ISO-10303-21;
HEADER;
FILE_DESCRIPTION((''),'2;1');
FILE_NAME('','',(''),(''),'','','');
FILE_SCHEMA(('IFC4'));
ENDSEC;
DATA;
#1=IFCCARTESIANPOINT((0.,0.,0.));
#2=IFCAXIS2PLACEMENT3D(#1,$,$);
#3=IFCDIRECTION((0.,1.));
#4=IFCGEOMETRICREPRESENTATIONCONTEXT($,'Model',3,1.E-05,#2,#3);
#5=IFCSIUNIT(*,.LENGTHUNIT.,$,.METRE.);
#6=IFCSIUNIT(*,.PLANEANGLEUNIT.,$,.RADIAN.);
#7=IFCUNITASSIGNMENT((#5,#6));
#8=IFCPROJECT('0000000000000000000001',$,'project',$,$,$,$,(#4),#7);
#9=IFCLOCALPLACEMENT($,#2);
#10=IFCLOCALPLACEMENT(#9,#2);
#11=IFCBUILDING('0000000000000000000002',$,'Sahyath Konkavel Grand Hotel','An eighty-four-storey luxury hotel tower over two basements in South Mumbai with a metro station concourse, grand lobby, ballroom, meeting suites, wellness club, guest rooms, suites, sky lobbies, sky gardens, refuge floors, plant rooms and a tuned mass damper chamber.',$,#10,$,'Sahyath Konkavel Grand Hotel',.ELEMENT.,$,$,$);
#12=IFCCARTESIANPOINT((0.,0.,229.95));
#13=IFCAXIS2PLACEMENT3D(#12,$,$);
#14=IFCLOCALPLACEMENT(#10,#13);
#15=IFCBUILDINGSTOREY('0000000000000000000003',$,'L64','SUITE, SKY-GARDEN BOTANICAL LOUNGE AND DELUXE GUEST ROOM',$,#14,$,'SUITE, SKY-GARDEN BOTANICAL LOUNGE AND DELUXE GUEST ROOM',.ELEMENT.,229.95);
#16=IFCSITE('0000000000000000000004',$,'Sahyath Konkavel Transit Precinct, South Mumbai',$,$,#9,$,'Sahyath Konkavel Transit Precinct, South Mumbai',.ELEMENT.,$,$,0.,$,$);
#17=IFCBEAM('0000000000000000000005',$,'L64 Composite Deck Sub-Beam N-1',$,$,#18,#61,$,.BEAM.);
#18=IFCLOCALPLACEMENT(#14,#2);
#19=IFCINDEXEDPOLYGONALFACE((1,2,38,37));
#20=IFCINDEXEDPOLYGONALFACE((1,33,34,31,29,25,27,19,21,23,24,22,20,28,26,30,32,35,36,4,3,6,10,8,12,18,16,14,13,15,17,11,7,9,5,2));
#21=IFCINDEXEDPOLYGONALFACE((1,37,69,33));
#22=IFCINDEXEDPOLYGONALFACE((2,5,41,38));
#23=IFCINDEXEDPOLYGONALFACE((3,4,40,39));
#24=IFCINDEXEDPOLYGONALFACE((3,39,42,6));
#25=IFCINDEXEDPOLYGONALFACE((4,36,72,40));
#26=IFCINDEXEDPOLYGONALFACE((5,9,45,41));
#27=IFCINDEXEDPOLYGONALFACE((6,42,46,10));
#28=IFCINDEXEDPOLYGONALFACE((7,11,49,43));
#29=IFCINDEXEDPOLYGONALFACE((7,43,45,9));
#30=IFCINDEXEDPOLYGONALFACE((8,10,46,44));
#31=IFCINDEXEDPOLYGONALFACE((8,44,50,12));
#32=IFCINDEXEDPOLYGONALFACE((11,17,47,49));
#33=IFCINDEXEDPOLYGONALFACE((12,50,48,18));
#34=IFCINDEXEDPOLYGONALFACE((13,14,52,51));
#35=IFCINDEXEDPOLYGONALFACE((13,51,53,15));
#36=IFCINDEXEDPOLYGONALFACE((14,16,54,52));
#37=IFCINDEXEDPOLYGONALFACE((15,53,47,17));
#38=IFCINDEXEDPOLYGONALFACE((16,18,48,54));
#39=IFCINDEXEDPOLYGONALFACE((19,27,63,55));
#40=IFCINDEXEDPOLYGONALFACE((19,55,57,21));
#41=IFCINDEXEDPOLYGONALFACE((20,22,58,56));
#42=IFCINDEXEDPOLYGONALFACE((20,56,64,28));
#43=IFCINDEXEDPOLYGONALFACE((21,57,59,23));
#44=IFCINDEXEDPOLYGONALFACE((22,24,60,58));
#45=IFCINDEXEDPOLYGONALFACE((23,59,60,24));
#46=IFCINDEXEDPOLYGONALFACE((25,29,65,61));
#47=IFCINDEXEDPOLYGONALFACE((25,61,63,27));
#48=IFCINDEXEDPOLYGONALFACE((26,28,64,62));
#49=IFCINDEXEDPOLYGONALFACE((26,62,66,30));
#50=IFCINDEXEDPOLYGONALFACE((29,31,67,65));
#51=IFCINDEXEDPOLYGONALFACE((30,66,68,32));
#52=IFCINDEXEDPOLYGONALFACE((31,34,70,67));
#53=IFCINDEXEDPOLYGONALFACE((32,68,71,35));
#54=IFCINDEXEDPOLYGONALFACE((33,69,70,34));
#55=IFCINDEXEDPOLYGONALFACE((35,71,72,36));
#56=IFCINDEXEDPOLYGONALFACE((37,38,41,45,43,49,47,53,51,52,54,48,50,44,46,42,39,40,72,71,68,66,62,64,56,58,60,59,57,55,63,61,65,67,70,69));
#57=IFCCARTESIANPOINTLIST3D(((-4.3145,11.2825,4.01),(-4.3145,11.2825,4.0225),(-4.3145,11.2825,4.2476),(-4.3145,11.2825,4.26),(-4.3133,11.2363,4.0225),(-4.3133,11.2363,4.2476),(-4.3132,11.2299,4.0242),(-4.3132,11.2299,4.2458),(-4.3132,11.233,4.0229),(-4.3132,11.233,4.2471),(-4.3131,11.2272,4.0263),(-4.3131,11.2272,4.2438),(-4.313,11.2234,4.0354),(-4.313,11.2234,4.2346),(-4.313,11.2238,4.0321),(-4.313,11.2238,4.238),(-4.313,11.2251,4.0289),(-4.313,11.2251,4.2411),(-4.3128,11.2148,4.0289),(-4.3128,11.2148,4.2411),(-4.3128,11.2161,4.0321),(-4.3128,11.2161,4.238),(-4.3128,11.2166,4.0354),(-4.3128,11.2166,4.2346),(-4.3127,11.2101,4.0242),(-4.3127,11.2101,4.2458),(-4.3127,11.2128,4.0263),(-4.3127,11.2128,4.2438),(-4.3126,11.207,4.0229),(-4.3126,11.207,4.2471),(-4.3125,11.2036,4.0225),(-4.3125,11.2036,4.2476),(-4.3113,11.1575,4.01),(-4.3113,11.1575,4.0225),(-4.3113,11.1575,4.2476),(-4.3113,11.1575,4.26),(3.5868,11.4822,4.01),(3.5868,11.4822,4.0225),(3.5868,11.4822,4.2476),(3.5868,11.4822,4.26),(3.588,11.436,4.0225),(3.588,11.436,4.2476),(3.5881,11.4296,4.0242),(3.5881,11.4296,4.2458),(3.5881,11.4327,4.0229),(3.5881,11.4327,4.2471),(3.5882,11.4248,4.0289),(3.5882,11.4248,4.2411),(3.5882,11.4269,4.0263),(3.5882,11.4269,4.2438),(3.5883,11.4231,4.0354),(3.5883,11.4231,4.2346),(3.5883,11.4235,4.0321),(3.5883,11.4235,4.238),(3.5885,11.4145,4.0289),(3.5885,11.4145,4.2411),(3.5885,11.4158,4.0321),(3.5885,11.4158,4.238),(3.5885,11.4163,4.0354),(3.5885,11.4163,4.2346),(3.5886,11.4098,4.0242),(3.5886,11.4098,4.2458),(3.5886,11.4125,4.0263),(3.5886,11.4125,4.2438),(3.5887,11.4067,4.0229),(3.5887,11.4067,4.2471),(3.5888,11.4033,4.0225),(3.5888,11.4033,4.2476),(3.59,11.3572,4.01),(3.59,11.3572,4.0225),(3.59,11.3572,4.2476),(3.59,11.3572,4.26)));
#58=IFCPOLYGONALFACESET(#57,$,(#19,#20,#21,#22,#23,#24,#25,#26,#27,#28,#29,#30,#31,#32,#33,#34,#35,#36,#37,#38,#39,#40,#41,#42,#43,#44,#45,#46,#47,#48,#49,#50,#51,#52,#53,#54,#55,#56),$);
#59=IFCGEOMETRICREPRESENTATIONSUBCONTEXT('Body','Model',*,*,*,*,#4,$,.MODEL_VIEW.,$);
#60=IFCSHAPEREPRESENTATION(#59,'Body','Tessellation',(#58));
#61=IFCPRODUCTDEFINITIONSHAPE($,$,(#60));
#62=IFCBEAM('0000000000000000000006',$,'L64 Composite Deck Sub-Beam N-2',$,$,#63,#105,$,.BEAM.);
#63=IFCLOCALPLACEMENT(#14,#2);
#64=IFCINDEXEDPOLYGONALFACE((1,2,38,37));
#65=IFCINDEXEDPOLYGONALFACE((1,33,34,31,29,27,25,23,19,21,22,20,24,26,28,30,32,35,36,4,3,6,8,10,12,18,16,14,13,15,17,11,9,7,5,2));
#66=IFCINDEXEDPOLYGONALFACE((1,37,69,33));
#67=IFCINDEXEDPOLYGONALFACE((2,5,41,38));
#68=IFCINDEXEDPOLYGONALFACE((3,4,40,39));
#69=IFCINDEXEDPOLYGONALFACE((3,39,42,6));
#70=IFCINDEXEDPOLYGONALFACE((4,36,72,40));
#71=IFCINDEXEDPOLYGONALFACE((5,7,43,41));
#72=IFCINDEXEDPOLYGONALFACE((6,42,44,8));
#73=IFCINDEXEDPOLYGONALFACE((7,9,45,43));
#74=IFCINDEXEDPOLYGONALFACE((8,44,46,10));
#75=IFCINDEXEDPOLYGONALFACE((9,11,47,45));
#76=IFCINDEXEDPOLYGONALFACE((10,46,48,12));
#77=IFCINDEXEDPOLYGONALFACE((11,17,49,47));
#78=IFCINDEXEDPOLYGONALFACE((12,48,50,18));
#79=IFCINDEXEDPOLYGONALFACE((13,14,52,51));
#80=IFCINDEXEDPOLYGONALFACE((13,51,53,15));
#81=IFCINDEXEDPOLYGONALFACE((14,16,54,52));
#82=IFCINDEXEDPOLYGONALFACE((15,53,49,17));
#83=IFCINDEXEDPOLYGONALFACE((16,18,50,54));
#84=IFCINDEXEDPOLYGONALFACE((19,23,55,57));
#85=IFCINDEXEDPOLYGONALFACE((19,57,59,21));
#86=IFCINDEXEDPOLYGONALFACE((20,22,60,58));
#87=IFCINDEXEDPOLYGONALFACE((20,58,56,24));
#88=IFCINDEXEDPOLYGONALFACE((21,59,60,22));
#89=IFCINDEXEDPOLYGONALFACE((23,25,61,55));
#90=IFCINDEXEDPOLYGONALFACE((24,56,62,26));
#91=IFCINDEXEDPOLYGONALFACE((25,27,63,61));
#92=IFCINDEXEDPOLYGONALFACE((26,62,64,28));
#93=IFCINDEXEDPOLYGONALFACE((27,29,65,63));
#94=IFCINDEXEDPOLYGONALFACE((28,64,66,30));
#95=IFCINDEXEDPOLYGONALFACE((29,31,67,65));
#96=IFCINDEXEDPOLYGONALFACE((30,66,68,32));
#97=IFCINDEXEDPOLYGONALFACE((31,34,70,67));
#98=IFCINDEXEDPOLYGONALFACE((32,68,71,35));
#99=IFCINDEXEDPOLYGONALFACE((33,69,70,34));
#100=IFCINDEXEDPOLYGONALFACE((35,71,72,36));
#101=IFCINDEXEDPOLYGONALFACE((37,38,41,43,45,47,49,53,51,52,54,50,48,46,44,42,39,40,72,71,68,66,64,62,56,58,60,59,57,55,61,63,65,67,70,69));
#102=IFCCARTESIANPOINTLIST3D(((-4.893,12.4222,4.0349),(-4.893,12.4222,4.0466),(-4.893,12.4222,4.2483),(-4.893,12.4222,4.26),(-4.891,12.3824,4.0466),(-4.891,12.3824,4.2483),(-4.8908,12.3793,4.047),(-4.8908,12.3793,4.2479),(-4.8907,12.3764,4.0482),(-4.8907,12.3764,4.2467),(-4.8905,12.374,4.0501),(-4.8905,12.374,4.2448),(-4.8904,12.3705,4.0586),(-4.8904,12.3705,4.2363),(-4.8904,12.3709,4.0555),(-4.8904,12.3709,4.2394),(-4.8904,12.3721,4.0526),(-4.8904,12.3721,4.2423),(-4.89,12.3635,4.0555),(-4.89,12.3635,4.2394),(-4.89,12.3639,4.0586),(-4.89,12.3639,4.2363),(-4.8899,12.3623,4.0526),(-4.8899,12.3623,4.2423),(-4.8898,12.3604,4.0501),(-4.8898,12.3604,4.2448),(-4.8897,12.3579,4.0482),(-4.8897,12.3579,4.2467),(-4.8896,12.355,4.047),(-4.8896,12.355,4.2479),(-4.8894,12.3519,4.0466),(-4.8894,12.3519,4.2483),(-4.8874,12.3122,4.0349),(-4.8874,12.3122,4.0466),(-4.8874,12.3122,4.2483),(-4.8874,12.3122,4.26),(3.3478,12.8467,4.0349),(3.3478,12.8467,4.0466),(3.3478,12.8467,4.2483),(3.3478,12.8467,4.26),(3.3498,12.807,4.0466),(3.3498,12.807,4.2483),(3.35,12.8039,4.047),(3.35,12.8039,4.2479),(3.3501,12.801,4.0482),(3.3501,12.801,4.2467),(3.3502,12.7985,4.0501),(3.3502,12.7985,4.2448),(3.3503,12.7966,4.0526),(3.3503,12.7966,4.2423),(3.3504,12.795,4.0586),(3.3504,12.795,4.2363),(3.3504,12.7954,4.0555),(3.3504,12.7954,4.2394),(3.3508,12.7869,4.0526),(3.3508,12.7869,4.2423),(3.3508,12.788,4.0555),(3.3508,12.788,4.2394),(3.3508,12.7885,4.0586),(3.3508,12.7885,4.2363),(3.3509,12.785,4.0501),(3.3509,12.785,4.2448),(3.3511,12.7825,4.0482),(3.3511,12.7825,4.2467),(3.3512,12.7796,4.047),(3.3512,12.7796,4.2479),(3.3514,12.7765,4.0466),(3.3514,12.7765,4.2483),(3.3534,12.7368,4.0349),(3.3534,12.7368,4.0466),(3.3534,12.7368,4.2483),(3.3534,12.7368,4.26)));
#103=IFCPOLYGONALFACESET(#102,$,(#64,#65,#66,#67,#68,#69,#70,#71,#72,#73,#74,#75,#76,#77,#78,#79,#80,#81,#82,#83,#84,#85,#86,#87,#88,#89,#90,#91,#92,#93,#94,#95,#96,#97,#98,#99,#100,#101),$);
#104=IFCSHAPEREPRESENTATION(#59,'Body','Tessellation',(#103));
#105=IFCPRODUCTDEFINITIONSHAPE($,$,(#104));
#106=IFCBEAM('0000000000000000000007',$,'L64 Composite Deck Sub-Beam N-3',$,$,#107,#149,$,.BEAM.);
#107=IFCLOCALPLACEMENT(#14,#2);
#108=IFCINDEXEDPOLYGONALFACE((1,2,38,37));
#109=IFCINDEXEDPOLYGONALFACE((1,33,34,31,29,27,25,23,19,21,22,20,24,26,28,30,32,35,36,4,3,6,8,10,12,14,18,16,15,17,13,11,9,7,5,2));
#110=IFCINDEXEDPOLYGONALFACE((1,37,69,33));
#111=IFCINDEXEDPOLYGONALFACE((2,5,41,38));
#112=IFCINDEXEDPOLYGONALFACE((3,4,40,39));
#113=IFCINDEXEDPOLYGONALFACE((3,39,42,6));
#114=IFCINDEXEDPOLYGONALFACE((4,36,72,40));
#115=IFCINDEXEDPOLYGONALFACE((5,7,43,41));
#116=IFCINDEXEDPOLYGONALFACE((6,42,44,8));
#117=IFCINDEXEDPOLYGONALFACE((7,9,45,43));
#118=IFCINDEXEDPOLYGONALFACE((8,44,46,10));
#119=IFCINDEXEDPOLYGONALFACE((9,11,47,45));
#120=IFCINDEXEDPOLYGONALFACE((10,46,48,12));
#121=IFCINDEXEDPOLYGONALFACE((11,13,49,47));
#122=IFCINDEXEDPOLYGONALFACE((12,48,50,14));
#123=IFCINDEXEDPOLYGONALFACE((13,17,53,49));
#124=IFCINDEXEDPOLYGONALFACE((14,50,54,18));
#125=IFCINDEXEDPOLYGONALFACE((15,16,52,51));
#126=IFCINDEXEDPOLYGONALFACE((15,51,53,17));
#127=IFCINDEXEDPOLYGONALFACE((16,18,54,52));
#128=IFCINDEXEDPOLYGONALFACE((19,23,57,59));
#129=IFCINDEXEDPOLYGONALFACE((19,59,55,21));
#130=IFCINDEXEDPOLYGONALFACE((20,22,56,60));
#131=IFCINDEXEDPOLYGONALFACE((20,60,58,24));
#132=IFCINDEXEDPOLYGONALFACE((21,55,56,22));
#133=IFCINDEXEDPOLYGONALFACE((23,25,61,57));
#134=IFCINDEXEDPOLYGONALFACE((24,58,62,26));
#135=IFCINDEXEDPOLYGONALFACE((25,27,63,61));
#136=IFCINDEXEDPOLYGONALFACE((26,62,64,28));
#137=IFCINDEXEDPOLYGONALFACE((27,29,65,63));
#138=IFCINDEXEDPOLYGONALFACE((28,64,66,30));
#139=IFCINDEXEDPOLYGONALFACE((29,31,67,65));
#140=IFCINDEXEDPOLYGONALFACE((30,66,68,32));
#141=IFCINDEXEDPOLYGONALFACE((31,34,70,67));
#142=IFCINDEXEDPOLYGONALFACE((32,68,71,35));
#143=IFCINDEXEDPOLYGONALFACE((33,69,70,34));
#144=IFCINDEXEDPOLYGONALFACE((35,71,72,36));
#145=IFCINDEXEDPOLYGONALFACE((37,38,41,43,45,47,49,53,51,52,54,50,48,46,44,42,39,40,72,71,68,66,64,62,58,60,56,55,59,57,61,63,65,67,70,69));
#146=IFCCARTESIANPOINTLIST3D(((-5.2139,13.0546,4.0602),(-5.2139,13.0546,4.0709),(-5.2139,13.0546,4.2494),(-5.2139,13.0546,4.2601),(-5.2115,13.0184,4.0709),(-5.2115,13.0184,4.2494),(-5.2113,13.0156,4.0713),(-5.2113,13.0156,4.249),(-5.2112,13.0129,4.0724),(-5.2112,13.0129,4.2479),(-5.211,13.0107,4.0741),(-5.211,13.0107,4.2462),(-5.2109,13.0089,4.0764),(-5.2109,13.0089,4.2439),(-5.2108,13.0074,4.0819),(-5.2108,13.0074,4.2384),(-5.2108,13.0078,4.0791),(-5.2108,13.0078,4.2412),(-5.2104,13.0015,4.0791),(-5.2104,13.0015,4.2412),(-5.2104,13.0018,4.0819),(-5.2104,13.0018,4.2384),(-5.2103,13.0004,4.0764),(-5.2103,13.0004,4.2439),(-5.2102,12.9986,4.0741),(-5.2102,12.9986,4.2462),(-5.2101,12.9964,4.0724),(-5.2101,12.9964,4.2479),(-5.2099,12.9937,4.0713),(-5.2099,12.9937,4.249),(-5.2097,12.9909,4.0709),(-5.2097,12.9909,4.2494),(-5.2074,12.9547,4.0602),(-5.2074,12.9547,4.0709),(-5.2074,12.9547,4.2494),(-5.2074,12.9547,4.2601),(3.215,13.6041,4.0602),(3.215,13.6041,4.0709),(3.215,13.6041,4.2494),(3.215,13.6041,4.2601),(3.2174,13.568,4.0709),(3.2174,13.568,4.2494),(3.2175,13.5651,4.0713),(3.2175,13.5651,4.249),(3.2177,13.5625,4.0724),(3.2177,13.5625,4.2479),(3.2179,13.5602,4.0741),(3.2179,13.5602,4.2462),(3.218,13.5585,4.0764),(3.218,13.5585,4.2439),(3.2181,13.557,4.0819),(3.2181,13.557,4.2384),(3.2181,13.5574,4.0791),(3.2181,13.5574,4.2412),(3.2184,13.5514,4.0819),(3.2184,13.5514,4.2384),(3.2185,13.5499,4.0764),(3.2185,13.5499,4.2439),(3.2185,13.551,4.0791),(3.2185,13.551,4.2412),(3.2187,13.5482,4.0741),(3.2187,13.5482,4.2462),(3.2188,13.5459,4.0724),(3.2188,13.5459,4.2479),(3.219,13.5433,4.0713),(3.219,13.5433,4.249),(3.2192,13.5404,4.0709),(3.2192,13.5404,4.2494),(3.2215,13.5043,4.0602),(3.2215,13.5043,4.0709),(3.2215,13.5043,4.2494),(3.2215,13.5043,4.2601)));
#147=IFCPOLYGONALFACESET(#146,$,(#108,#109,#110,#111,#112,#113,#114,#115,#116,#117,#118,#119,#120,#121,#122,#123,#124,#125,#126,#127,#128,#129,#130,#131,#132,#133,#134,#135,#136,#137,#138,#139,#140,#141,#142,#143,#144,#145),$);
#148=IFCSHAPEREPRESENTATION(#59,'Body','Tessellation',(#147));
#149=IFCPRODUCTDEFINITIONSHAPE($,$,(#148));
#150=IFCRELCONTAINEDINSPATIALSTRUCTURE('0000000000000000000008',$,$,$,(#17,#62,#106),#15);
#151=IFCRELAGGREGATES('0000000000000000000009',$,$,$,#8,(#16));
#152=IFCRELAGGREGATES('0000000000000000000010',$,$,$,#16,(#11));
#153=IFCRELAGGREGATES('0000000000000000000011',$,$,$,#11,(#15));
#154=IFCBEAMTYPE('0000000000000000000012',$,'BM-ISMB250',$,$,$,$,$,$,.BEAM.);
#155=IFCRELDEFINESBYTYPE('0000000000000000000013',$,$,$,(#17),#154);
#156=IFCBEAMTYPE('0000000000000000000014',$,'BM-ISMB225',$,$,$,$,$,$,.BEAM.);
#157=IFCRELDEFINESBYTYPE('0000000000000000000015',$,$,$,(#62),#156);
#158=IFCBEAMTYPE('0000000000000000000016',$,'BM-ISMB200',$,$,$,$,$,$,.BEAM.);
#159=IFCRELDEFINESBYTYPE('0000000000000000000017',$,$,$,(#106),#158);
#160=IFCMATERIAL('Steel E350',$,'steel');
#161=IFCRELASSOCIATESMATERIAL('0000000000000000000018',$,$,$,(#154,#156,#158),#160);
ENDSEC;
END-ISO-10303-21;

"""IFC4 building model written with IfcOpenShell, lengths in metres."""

from ifc_helpers import new_model, si_unit, direction, frame, origin, origin_2d, place, context, subcontext, project, spatial, i_section, extrude, source, transform, mapped, material, material_profile, profile_set, type_object, element, save


model = new_model("IFC4")

# Units and contexts
model_context = context("Model", 3, precision=1e-05, world=origin(), true_north=direction((0.0, 1.0)))
body_context = subcontext(model_context, "Body", "Model", "MODEL_VIEW")
ifc_project = project(units=[si_unit("LENGTHUNIT", "METRE"), si_unit("PLANEANGLEUNIT", "RADIAN")], contexts=[model_context])

# Site, building, storey
site_placement = place(None, origin())
site = spatial("IfcSite", under=ifc_project, at=site_placement, Name="Sahyath Konkavel Transit Precinct, South Mumbai", LongName="Sahyath Konkavel Transit Precinct, South Mumbai", CompositionType="ELEMENT", RefElevation=0.0)
building_placement = place(site_placement, origin())
building = spatial("IfcBuilding", under=site, at=building_placement, Name="Sahyath Konkavel Grand Hotel", Description="An eighty-four-storey luxury hotel tower over two basements in South Mumbai with a metro station concourse, grand lobby, ballroom, meeting suites, wellness club, guest rooms, suites, sky lobbies, sky gardens, refuge floors, plant rooms and a tuned mass damper chamber.", LongName="Sahyath Konkavel Grand Hotel", CompositionType="ELEMENT")
storey_placement = place(building_placement, frame((0.0, 0.0, 229.95)))
storey = spatial("IfcBuildingStorey", under=building, at=storey_placement, Name="L64", Description="SUITE, SKY-GARDEN BOTANICAL LOUNGE AND DELUXE GUEST ROOM", LongName="SUITE, SKY-GARDEN BOTANICAL LOUNGE AND DELUXE GUEST ROOM", CompositionType="ELEMENT", Elevation=229.95)

# Beams
ifc_material_1 = material(Name="Steel E350", Category="steel")
ifc_material_profile_1 = material_profile(ifc_material_1, i_section(OverallWidth=0.125, OverallDepth=0.25, WebThickness=0.0068, FlangeThickness=0.0125, FilletRadius=0.0129, at=origin_2d()), Name="ISMB 250")
ifc_profile_set_1 = profile_set([ifc_material_profile_1], Name="Steel E350")
beam_type_1 = type_object("IfcBeamType", Name="BM-ISMB250", PredefinedType="BEAM", material=ifc_profile_set_1)
shared_shape_1 = source(origin(), body_context, "Body", "SweptSolid", [
    extrude(i_section(OverallWidth=0.125, OverallDepth=0.25, WebThickness=0.0068, FlangeThickness=0.0125, FilletRadius=0.0129, at=origin_2d()), origin(), (0.0, 0.0, 1.0), 7.9038),
])
beam_1_placement = place(storey_placement, frame((3.5884, 11.4197, 4.135), z_axis=(-0.999681, -0.025267, 0.0), x_axis=(0.025267, -0.999681, 0.0)))
element("IfcBeam", 1, at=beam_1_placement, inside=storey, type_object=beam_type_1, Name="L64 Composite Deck Sub-Beam N-1", PredefinedType="BEAM", context=body_context, shape_type="MappedRepresentation", body=[
    mapped(shared_shape_1, transform((0.0, 0.0, 0.0), scale=1.0)),
])
ifc_material_profile_2 = material_profile(ifc_material_1, i_section(OverallWidth=0.1101, OverallDepth=0.2251, WebThickness=0.0066, FlangeThickness=0.0117, FilletRadius=0.012, at=origin_2d()), Name="ISMB 225")
ifc_profile_set_2 = profile_set([ifc_material_profile_2], Name="Steel E350")
beam_type_2 = type_object("IfcBeamType", Name="BM-ISMB225", PredefinedType="BEAM", material=ifc_profile_set_2)
shared_shape_2 = source(origin(), body_context, "Body", "SweptSolid", [
    extrude(i_section(OverallWidth=0.1101, OverallDepth=0.2251, WebThickness=0.0066, FlangeThickness=0.0117, FilletRadius=0.012, at=origin_2d()), origin(), (0.0, 0.0, 1.0), 8.2517),
])
beam_2_placement = place(storey_placement, frame((3.3506, 12.7917, 4.1475), z_axis=(-0.998675, -0.051452, 0.0), x_axis=(0.051452, -0.998675, 0.0)))
element("IfcBeam", 2, at=beam_2_placement, inside=storey, type_object=beam_type_2, Name="L64 Composite Deck Sub-Beam N-2", PredefinedType="BEAM", context=body_context, shape_type="MappedRepresentation", body=[
    mapped(shared_shape_2, transform((0.0, 0.0, 0.0), scale=1.0)),
])
ifc_material_profile_3 = material_profile(ifc_material_1, i_section(OverallWidth=0.1001, OverallDepth=0.2, WebThickness=0.0056, FlangeThickness=0.0107, FilletRadius=0.011, at=origin_2d()), Name="ISMB 200")
ifc_profile_set_3 = profile_set([ifc_material_profile_3], Name="Steel E350")
beam_type_3 = type_object("IfcBeamType", Name="BM-ISMB200", PredefinedType="BEAM", material=ifc_profile_set_3)
shared_shape_3 = source(origin(), body_context, "Body", "SweptSolid", [
    extrude(i_section(OverallWidth=0.1001, OverallDepth=0.2, WebThickness=0.0056, FlangeThickness=0.0107, FilletRadius=0.011, at=origin_2d()), origin(), (0.0, 0.0, 1.0), 8.4468),
])
beam_3_placement = place(storey_placement, frame((3.2183, 13.5542, 4.1602), z_axis=(-0.997881, -0.065061, 0.0), x_axis=(0.065061, -0.997881, 0.0)))
element("IfcBeam", 3, at=beam_3_placement, inside=storey, type_object=beam_type_3, Name="L64 Composite Deck Sub-Beam N-3", PredefinedType="BEAM", context=body_context, shape_type="MappedRepresentation", body=[
    mapped(shared_shape_3, transform((0.0, 0.0, 0.0), scale=1.0)),
])

save(model, "model.ifc")
